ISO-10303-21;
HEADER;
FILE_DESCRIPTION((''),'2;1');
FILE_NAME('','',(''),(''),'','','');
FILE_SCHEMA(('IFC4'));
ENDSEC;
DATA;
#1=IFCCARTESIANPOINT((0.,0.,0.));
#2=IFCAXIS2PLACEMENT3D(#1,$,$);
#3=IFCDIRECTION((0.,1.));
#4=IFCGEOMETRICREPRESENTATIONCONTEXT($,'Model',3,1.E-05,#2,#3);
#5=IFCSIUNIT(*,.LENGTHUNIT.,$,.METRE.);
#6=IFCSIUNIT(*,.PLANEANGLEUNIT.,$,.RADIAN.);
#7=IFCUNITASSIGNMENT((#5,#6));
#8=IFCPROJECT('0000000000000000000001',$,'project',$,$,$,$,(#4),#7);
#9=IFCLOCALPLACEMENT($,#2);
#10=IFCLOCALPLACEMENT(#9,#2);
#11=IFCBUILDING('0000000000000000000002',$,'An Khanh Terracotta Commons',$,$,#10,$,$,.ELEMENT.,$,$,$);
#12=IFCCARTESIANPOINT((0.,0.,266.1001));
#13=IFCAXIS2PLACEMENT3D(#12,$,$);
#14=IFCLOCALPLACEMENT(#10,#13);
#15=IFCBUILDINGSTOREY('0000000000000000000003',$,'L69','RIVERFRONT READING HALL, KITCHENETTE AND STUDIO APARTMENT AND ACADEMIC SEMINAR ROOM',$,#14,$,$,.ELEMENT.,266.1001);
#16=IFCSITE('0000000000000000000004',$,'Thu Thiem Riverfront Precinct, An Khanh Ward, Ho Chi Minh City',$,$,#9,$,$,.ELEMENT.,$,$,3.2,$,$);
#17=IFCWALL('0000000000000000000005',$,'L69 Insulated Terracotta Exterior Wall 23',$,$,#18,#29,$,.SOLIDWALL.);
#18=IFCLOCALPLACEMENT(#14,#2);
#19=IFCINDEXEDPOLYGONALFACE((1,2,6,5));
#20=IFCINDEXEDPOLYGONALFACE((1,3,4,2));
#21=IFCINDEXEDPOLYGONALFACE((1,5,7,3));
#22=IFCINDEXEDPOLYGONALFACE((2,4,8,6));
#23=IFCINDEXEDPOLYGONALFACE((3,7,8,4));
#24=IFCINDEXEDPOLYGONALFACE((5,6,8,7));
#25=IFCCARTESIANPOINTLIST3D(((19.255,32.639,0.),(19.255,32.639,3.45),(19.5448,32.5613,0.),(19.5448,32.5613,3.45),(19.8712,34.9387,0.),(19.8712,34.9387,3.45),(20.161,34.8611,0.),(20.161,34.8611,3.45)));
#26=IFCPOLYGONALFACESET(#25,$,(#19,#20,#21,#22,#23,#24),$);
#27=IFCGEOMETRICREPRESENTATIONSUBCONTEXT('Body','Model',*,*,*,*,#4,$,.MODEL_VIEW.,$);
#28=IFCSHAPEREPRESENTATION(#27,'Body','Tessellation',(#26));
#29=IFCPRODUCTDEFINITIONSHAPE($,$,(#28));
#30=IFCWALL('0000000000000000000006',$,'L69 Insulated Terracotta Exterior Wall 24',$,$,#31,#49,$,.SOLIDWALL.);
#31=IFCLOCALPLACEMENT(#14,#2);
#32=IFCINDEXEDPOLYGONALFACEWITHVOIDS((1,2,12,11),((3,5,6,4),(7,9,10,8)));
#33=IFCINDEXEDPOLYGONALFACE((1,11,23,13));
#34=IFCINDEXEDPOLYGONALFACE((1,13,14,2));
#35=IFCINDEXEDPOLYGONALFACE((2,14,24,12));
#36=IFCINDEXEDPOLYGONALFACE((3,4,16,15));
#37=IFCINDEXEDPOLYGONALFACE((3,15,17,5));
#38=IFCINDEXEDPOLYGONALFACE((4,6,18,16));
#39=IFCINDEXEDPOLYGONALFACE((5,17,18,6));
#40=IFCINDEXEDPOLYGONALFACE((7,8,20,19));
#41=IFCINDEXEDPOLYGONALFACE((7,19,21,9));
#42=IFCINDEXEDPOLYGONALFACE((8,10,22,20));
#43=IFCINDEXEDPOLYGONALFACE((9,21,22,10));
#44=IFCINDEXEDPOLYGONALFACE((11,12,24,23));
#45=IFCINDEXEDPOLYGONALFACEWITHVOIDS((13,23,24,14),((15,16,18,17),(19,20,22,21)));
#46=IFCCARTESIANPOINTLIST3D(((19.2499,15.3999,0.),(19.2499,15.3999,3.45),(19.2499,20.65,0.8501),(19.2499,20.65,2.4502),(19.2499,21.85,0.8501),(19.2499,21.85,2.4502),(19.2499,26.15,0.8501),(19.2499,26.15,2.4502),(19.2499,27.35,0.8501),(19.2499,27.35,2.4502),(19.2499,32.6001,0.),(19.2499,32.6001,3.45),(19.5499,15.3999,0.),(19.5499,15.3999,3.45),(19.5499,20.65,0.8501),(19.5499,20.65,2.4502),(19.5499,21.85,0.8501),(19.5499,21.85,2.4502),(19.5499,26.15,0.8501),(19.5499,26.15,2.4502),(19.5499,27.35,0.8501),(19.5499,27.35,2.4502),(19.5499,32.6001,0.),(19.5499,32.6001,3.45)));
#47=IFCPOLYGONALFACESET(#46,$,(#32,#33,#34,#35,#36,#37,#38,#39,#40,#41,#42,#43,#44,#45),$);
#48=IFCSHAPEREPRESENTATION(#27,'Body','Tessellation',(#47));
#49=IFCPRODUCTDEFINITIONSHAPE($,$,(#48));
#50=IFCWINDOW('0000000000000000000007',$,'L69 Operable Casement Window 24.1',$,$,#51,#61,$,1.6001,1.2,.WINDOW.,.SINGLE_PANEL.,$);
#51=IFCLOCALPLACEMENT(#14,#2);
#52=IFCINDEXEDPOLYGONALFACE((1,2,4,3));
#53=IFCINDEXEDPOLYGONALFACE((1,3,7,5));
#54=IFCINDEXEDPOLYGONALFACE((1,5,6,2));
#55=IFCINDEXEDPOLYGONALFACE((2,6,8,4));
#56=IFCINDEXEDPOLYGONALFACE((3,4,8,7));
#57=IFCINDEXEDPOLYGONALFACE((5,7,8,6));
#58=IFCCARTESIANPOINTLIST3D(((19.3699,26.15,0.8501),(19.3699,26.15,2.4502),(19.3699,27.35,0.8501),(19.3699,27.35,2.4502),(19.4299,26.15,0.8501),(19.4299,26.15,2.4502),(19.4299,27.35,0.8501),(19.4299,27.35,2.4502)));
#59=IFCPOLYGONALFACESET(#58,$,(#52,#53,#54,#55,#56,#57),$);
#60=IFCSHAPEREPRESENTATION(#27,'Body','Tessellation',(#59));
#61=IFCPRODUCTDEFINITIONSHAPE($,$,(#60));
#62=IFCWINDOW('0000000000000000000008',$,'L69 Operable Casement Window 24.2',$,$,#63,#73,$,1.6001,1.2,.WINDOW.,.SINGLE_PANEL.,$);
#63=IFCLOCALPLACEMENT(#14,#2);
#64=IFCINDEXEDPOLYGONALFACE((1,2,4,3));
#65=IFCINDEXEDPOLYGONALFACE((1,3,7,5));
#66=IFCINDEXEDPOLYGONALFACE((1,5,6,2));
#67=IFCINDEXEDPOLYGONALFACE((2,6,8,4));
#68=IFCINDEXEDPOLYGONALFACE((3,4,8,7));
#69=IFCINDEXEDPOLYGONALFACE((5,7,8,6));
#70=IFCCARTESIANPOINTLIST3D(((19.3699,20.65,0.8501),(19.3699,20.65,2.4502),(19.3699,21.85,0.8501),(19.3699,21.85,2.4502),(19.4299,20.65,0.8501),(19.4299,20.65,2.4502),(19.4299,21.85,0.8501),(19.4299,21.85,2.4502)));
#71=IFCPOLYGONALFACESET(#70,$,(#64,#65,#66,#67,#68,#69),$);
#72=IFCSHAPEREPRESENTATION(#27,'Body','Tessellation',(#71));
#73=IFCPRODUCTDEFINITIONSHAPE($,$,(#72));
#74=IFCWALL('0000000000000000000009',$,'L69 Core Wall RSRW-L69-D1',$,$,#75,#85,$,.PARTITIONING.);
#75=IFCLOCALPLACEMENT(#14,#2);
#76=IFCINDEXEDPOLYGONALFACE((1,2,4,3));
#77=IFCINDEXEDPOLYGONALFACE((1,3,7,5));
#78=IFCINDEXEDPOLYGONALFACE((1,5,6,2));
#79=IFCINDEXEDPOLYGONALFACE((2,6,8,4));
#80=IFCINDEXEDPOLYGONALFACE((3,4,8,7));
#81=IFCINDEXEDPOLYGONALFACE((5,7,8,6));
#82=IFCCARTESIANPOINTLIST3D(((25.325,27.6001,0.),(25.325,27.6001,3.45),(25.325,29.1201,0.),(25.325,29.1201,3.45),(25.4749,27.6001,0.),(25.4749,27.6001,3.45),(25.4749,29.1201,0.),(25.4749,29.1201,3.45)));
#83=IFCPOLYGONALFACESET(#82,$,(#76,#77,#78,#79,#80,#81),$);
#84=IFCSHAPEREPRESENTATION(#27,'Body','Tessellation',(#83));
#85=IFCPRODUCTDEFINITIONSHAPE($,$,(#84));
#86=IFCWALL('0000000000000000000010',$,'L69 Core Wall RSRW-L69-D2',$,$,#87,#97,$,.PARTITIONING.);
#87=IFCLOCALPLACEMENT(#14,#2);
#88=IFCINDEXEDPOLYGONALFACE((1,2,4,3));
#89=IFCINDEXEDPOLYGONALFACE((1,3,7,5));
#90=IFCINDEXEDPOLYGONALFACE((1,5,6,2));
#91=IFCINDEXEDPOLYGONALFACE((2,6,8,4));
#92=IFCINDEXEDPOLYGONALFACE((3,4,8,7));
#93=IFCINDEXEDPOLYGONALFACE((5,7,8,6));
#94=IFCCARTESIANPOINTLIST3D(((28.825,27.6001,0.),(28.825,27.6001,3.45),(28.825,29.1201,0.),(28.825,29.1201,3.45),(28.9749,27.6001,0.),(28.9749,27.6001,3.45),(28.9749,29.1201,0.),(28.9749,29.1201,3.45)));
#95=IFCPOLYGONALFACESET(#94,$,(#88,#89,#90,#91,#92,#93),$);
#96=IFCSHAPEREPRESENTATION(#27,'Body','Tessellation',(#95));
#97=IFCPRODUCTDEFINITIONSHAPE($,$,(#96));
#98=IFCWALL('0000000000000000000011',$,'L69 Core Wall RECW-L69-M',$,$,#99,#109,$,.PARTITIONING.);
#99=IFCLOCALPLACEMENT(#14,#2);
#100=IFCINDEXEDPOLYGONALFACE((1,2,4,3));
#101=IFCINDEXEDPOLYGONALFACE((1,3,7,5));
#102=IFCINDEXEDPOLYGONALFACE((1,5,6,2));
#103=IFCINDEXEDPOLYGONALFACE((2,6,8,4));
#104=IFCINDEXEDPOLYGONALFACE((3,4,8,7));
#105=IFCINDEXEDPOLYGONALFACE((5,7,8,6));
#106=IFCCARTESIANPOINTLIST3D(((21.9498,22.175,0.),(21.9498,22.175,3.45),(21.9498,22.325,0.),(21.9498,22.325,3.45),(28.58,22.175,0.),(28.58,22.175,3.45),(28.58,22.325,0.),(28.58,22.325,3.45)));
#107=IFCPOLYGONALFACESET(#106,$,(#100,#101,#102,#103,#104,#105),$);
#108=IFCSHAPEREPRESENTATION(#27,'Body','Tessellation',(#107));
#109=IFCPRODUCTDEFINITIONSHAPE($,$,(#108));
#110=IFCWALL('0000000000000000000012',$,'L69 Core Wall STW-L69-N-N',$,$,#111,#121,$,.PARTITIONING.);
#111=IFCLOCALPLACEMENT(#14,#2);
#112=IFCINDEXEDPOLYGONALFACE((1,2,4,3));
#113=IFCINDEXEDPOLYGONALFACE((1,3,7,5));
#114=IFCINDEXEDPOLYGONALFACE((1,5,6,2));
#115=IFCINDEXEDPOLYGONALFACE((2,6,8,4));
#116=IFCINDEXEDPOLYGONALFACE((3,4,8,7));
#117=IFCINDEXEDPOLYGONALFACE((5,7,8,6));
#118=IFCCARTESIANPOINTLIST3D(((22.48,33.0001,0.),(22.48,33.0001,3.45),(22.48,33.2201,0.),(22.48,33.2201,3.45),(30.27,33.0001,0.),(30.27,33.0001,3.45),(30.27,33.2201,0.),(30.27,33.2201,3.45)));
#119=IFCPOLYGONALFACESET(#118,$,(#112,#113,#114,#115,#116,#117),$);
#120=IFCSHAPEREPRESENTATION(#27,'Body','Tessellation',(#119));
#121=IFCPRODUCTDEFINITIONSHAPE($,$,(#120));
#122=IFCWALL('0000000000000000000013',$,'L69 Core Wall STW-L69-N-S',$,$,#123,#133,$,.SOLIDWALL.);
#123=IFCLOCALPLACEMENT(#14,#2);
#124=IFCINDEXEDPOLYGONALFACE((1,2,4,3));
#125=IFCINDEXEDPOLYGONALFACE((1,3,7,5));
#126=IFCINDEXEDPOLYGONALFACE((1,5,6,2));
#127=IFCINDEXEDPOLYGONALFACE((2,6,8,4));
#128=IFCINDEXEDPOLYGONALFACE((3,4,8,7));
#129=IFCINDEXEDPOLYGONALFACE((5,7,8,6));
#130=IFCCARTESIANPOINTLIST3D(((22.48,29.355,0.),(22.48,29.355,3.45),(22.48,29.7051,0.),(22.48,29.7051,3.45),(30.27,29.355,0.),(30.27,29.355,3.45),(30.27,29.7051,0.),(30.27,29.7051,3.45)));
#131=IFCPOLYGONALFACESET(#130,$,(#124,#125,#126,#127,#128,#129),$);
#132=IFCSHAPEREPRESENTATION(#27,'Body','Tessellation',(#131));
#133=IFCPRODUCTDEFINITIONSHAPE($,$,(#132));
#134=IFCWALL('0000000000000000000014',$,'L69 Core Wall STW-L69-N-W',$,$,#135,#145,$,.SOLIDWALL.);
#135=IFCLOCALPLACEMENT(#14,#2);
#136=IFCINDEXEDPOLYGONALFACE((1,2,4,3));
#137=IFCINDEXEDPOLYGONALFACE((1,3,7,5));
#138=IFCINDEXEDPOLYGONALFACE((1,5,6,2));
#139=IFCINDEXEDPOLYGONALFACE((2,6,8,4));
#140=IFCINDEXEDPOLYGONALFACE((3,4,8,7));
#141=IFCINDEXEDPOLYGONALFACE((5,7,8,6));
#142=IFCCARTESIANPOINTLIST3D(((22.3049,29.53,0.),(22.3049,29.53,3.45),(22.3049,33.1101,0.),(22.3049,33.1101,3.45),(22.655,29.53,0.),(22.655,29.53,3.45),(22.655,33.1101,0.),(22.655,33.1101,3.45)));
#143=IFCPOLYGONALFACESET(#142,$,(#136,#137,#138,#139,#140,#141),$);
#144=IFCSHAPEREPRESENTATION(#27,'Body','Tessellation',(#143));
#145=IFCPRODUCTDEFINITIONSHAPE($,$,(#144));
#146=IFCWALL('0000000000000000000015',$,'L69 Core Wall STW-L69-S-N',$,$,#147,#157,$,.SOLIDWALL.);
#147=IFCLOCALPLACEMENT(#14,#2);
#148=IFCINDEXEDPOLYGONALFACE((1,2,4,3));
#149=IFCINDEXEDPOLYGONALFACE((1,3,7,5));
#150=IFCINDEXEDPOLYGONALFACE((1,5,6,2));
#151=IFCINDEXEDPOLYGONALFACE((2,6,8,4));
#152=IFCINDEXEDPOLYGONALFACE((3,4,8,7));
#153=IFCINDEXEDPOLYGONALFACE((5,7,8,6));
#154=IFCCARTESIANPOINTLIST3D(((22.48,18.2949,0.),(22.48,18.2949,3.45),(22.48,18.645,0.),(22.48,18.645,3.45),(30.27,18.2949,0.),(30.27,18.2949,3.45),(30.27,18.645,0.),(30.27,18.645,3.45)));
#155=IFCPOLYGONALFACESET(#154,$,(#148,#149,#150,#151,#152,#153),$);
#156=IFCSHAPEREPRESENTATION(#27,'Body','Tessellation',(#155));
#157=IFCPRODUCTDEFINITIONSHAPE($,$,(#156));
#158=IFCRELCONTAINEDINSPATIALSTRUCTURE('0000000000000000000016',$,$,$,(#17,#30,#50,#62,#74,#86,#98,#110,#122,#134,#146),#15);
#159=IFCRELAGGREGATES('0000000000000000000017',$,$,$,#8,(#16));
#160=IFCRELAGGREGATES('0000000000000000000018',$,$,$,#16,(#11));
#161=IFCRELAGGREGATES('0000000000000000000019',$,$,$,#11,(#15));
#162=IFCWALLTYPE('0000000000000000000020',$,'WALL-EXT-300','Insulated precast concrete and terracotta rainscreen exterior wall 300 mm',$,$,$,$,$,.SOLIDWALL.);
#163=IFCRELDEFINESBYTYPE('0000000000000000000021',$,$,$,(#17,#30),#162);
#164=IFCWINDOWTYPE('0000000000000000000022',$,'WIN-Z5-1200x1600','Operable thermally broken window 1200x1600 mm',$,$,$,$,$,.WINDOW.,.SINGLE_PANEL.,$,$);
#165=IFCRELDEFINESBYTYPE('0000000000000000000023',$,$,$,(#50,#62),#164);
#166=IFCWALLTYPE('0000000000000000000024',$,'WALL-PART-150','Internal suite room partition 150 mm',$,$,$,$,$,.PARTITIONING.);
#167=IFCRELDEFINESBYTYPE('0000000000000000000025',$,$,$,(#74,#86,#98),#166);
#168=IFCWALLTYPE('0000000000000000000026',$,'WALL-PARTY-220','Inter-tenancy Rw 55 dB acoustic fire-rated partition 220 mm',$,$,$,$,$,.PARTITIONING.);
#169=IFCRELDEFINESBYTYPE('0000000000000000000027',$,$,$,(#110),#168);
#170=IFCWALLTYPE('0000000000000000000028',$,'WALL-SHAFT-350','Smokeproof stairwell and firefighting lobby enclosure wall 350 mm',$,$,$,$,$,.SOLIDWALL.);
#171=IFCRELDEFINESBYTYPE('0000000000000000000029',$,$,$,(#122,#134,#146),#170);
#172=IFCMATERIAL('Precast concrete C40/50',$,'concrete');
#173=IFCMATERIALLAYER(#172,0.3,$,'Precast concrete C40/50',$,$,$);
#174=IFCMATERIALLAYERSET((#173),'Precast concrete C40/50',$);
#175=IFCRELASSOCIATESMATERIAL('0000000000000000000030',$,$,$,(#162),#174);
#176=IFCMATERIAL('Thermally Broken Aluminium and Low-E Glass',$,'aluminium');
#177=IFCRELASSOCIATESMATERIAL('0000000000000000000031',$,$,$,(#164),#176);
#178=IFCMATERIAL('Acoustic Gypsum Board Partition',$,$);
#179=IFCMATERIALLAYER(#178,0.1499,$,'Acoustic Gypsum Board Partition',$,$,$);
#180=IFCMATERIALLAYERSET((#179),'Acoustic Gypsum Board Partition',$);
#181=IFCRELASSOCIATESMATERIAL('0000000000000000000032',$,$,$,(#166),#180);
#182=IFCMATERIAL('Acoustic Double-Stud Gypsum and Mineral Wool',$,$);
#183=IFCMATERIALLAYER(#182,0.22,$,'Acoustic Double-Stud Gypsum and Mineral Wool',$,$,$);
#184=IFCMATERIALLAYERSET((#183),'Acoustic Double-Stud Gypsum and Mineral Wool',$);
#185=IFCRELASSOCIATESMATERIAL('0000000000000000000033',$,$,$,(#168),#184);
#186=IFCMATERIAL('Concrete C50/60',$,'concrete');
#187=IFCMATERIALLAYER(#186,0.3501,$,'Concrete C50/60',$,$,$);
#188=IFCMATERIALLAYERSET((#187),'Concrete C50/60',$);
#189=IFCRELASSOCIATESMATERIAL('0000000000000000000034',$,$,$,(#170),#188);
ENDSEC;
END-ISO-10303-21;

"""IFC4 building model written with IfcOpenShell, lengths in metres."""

from ifc_helpers import new_model, si_unit, direction, frame, frame_2d, origin, place, context, subcontext, project, spatial, rectangle, extrude, material, layer, layer_set, type_object, element, fill, save


model = new_model("IFC4")

# Units and contexts
model_context = context("Model", 3, precision=1e-05, world=origin(), true_north=direction((0.0, 1.0)))
body_context = subcontext(model_context, "Body", "Model", "MODEL_VIEW")
ifc_project = project(units=[si_unit("LENGTHUNIT", "METRE"), si_unit("PLANEANGLEUNIT", "RADIAN")], contexts=[model_context])

# Site, building, storey
site_placement = place(None, origin())
site = spatial("IfcSite", under=ifc_project, at=site_placement, Name="Thu Thiem Riverfront Precinct, An Khanh Ward, Ho Chi Minh City", CompositionType="ELEMENT", RefElevation=3.2)
building_placement = place(site_placement, origin())
building = spatial("IfcBuilding", under=site, at=building_placement, Name="An Khanh Terracotta Commons", CompositionType="ELEMENT")
storey_placement = place(building_placement, frame((0.0, 0.0, 266.1001)))
storey = spatial("IfcBuildingStorey", under=building, at=storey_placement, Name="L69", Description="RIVERFRONT READING HALL, KITCHENETTE AND STUDIO APARTMENT AND ACADEMIC SEMINAR ROOM", CompositionType="ELEMENT", Elevation=266.1001)

# Shared definitions
ifc_material_1 = material(Name="Concrete C50/60", Category="concrete")

# Wall
ifc_material_2 = material(Name="Precast concrete C40/50", Category="concrete")
ifc_layer_1 = layer(ifc_material_2, 0.3, Name="Precast concrete C40/50")
ifc_layer_set_1 = layer_set([ifc_layer_1], Name="Precast concrete C40/50")
wall_type_1 = type_object("IfcWallType", Name="WALL-EXT-300", Description="Insulated precast concrete and terracotta rainscreen exterior wall 300 mm", PredefinedType="SOLIDWALL", material=ifc_layer_set_1)
wall_1_placement = place(storey_placement, frame((20.0161, 34.8999, 0.0), z_axis=(0.0, 0.0, 1.0), x_axis=(-0.258811, -0.965928, 0.0)))
element("IfcWall", 1, at=wall_1_placement, inside=storey, type_object=wall_type_1, Name="L69 Insulated Terracotta Exterior Wall 23", PredefinedType="SOLIDWALL", context=body_context, shape_type="SweptSolid", body=[
    extrude(rectangle(XDim=2.3809, YDim=0.3, at=frame_2d((1.1904, 0.0))), origin(), (0.0, 0.0, 1.0), 3.45),
])

# Wall, openings, windows
wall_2_placement = place(storey_placement, frame((19.3999, 32.6001, 0.0), z_axis=(0.0, 0.0, 1.0), x_axis=(0.0, -1.0, 0.0)))
wall_2 = element("IfcWall", 2, at=wall_2_placement, inside=storey, type_object=wall_type_1, Name="L69 Insulated Terracotta Exterior Wall 24", PredefinedType="SOLIDWALL", context=body_context, shape_type="SweptSolid", body=[
    extrude(rectangle(XDim=17.2002, YDim=0.3, at=frame_2d((8.6001, 0.0))), origin(), (0.0, 0.0, 1.0), 3.45),
])
opening_1_placement = place(wall_2_placement, frame((5.25, 0.0, 0.8501)))
opening_1 = element("IfcOpeningElement", 3, at=opening_1_placement, cuts=wall_2, PredefinedType="OPENING", context=body_context, shape_type="SweptSolid", body=[
    extrude(rectangle(XDim=1.2, YDim=1.6001, at=frame_2d((0.6001, 0.8))), frame((0.0, 0.1599, 0.0), z_axis=(0.0, -1.0, 0.0), x_axis=(1.0, 0.0, 0.0)), (0.0, 0.0, 1.0), 0.3201),
])
opening_2_placement = place(wall_2_placement, frame((10.75, 0.0, 0.8501)))
opening_2 = element("IfcOpeningElement", 4, at=opening_2_placement, cuts=wall_2, PredefinedType="OPENING", context=body_context, shape_type="SweptSolid", body=[
    extrude(rectangle(XDim=1.2, YDim=1.6001, at=frame_2d((0.6001, 0.8))), frame((0.0, 0.1599, 0.0), z_axis=(0.0, -1.0, 0.0), x_axis=(1.0, 0.0, 0.0)), (0.0, 0.0, 1.0), 0.3201),
])
ifc_material_3 = material(Name="Thermally Broken Aluminium and Low-E Glass", Category="aluminium")
window_type = type_object("IfcWindowType", Name="WIN-Z5-1200x1600", Description="Operable thermally broken window 1200x1600 mm", PartitioningType="SINGLE_PANEL", PredefinedType="WINDOW", material=ifc_material_3)
window_1_placement = place(opening_1_placement, origin())
window_1 = element("IfcWindow", 5, at=window_1_placement, inside=storey, type_object=window_type, Name="L69 Operable Casement Window 24.1", OverallHeight=1.6001, OverallWidth=1.2, PartitioningType="SINGLE_PANEL", PredefinedType="WINDOW", context=body_context, shape_type="SweptSolid", body=[
    extrude(rectangle(XDim=1.2, YDim=1.6001, at=frame_2d((0.6001, 0.8))), frame((0.0, 0.03, 0.0), z_axis=(0.0, -1.0, 0.0), x_axis=(1.0, 0.0, 0.0)), (0.0, 0.0, 1.0), 0.0601),
])
fill(opening_1, window_1)
window_2_placement = place(opening_2_placement, origin())
window_2 = element("IfcWindow", 6, at=window_2_placement, inside=storey, type_object=window_type, Name="L69 Operable Casement Window 24.2", OverallHeight=1.6001, OverallWidth=1.2, PartitioningType="SINGLE_PANEL", PredefinedType="WINDOW", context=body_context, shape_type="SweptSolid", body=[
    extrude(rectangle(XDim=1.2, YDim=1.6001, at=frame_2d((0.6001, 0.8))), frame((0.0, 0.03, 0.0), z_axis=(0.0, -1.0, 0.0), x_axis=(1.0, 0.0, 0.0)), (0.0, 0.0, 1.0), 0.0601),
])
fill(opening_2, window_2)

# Walls
ifc_material_4 = material(Name="Acoustic Gypsum Board Partition")
ifc_layer_2 = layer(ifc_material_4, 0.1499, Name="Acoustic Gypsum Board Partition")
ifc_layer_set_2 = layer_set([ifc_layer_2], Name="Acoustic Gypsum Board Partition")
wall_type_2 = type_object("IfcWallType", Name="WALL-PART-150", Description="Internal suite room partition 150 mm", PredefinedType="PARTITIONING", material=ifc_layer_set_2)
for number, where, z_axis, x_axis, name in (
    (7, (25.3999, 27.6001, 0.0), (0.0, 0.0, 1.0), (0.0, 1.0, 0.0), "L69 Core Wall RSRW-L69-D1"),
    (8, (28.8999, 27.6001, 0.0), (0.0, 0.0, 1.0), (0.0, 1.0, 0.0), "L69 Core Wall RSRW-L69-D2"),
):
    element("IfcWall", number, at=place(storey_placement, frame(where, z_axis=z_axis, x_axis=x_axis)), inside=storey, type_object=wall_type_2, Name=name, PredefinedType="PARTITIONING", context=body_context, shape_type="SweptSolid", body=[
        extrude(rectangle(XDim=1.52, YDim=0.1499, at=frame_2d((0.76, 0.0))), origin(), (0.0, 0.0, 1.0), 3.45),
    ])
wall_3_placement = place(storey_placement, frame((21.95, 22.25, 0.0), z_axis=(0.0, 0.0, 1.0), x_axis=(1.0, 0.0, 0.0)))
element("IfcWall", 9, at=wall_3_placement, inside=storey, type_object=wall_type_2, Name="L69 Core Wall RECW-L69-M", PredefinedType="PARTITIONING", context=body_context, shape_type="SweptSolid", body=[
    extrude(rectangle(XDim=6.6301, YDim=0.1499, at=frame_2d((3.3149, 0.0))), origin(), (0.0, 0.0, 1.0), 3.45),
])
ifc_material_5 = material(Name="Acoustic Double-Stud Gypsum and Mineral Wool")
ifc_layer_3 = layer(ifc_material_5, 0.22, Name="Acoustic Double-Stud Gypsum and Mineral Wool")
ifc_layer_set_3 = layer_set([ifc_layer_3], Name="Acoustic Double-Stud Gypsum and Mineral Wool")
wall_type_3 = type_object("IfcWallType", Name="WALL-PARTY-220", Description="Inter-tenancy Rw 55 dB acoustic fire-rated partition 220 mm", PredefinedType="PARTITIONING", material=ifc_layer_set_3)
wall_4_placement = place(storey_placement, frame((22.48, 33.1101, 0.0), z_axis=(0.0, 0.0, 1.0), x_axis=(1.0, 0.0, 0.0)))
element("IfcWall", 10, at=wall_4_placement, inside=storey, type_object=wall_type_3, Name="L69 Core Wall STW-L69-N-N", PredefinedType="PARTITIONING", context=body_context, shape_type="SweptSolid", body=[
    extrude(rectangle(XDim=7.79, YDim=0.22, at=frame_2d((3.895, 0.0))), origin(), (0.0, 0.0, 1.0), 3.45),
])
ifc_layer_4 = layer(ifc_material_1, 0.3501, Name="Concrete C50/60")
ifc_layer_set_4 = layer_set([ifc_layer_4], Name="Concrete C50/60")
wall_type_4 = type_object("IfcWallType", Name="WALL-SHAFT-350", Description="Smokeproof stairwell and firefighting lobby enclosure wall 350 mm", PredefinedType="SOLIDWALL", material=ifc_layer_set_4)
wall_5_placement = place(storey_placement, frame((22.48, 29.53, 0.0), z_axis=(0.0, 0.0, 1.0), x_axis=(1.0, 0.0, 0.0)))
element("IfcWall", 11, at=wall_5_placement, inside=storey, type_object=wall_type_4, Name="L69 Core Wall STW-L69-N-S", PredefinedType="SOLIDWALL", context=body_context, shape_type="SweptSolid", body=[
    extrude(rectangle(XDim=7.79, YDim=0.3501, at=frame_2d((3.895, 0.0))), origin(), (0.0, 0.0, 1.0), 3.45),
])
wall_6_placement = place(storey_placement, frame((22.48, 29.53, 0.0), z_axis=(0.0, 0.0, 1.0), x_axis=(0.0, 1.0, 0.0)))
element("IfcWall", 12, at=wall_6_placement, inside=storey, type_object=wall_type_4, Name="L69 Core Wall STW-L69-N-W", PredefinedType="SOLIDWALL", context=body_context, shape_type="SweptSolid", body=[
    extrude(rectangle(XDim=3.5801, YDim=0.3501, at=frame_2d((1.79, 0.0))), origin(), (0.0, 0.0, 1.0), 3.45),
])
wall_7_placement = place(storey_placement, frame((22.48, 18.47, 0.0), z_axis=(0.0, 0.0, 1.0), x_axis=(1.0, 0.0, 0.0)))
element("IfcWall", 13, at=wall_7_placement, inside=storey, type_object=wall_type_4, Name="L69 Core Wall STW-L69-S-N", PredefinedType="SOLIDWALL", context=body_context, shape_type="SweptSolid", body=[
    extrude(rectangle(XDim=7.79, YDim=0.3501, at=frame_2d((3.895, 0.0))), origin(), (0.0, 0.0, 1.0), 3.45),
])

save(model, "model.ifc")
